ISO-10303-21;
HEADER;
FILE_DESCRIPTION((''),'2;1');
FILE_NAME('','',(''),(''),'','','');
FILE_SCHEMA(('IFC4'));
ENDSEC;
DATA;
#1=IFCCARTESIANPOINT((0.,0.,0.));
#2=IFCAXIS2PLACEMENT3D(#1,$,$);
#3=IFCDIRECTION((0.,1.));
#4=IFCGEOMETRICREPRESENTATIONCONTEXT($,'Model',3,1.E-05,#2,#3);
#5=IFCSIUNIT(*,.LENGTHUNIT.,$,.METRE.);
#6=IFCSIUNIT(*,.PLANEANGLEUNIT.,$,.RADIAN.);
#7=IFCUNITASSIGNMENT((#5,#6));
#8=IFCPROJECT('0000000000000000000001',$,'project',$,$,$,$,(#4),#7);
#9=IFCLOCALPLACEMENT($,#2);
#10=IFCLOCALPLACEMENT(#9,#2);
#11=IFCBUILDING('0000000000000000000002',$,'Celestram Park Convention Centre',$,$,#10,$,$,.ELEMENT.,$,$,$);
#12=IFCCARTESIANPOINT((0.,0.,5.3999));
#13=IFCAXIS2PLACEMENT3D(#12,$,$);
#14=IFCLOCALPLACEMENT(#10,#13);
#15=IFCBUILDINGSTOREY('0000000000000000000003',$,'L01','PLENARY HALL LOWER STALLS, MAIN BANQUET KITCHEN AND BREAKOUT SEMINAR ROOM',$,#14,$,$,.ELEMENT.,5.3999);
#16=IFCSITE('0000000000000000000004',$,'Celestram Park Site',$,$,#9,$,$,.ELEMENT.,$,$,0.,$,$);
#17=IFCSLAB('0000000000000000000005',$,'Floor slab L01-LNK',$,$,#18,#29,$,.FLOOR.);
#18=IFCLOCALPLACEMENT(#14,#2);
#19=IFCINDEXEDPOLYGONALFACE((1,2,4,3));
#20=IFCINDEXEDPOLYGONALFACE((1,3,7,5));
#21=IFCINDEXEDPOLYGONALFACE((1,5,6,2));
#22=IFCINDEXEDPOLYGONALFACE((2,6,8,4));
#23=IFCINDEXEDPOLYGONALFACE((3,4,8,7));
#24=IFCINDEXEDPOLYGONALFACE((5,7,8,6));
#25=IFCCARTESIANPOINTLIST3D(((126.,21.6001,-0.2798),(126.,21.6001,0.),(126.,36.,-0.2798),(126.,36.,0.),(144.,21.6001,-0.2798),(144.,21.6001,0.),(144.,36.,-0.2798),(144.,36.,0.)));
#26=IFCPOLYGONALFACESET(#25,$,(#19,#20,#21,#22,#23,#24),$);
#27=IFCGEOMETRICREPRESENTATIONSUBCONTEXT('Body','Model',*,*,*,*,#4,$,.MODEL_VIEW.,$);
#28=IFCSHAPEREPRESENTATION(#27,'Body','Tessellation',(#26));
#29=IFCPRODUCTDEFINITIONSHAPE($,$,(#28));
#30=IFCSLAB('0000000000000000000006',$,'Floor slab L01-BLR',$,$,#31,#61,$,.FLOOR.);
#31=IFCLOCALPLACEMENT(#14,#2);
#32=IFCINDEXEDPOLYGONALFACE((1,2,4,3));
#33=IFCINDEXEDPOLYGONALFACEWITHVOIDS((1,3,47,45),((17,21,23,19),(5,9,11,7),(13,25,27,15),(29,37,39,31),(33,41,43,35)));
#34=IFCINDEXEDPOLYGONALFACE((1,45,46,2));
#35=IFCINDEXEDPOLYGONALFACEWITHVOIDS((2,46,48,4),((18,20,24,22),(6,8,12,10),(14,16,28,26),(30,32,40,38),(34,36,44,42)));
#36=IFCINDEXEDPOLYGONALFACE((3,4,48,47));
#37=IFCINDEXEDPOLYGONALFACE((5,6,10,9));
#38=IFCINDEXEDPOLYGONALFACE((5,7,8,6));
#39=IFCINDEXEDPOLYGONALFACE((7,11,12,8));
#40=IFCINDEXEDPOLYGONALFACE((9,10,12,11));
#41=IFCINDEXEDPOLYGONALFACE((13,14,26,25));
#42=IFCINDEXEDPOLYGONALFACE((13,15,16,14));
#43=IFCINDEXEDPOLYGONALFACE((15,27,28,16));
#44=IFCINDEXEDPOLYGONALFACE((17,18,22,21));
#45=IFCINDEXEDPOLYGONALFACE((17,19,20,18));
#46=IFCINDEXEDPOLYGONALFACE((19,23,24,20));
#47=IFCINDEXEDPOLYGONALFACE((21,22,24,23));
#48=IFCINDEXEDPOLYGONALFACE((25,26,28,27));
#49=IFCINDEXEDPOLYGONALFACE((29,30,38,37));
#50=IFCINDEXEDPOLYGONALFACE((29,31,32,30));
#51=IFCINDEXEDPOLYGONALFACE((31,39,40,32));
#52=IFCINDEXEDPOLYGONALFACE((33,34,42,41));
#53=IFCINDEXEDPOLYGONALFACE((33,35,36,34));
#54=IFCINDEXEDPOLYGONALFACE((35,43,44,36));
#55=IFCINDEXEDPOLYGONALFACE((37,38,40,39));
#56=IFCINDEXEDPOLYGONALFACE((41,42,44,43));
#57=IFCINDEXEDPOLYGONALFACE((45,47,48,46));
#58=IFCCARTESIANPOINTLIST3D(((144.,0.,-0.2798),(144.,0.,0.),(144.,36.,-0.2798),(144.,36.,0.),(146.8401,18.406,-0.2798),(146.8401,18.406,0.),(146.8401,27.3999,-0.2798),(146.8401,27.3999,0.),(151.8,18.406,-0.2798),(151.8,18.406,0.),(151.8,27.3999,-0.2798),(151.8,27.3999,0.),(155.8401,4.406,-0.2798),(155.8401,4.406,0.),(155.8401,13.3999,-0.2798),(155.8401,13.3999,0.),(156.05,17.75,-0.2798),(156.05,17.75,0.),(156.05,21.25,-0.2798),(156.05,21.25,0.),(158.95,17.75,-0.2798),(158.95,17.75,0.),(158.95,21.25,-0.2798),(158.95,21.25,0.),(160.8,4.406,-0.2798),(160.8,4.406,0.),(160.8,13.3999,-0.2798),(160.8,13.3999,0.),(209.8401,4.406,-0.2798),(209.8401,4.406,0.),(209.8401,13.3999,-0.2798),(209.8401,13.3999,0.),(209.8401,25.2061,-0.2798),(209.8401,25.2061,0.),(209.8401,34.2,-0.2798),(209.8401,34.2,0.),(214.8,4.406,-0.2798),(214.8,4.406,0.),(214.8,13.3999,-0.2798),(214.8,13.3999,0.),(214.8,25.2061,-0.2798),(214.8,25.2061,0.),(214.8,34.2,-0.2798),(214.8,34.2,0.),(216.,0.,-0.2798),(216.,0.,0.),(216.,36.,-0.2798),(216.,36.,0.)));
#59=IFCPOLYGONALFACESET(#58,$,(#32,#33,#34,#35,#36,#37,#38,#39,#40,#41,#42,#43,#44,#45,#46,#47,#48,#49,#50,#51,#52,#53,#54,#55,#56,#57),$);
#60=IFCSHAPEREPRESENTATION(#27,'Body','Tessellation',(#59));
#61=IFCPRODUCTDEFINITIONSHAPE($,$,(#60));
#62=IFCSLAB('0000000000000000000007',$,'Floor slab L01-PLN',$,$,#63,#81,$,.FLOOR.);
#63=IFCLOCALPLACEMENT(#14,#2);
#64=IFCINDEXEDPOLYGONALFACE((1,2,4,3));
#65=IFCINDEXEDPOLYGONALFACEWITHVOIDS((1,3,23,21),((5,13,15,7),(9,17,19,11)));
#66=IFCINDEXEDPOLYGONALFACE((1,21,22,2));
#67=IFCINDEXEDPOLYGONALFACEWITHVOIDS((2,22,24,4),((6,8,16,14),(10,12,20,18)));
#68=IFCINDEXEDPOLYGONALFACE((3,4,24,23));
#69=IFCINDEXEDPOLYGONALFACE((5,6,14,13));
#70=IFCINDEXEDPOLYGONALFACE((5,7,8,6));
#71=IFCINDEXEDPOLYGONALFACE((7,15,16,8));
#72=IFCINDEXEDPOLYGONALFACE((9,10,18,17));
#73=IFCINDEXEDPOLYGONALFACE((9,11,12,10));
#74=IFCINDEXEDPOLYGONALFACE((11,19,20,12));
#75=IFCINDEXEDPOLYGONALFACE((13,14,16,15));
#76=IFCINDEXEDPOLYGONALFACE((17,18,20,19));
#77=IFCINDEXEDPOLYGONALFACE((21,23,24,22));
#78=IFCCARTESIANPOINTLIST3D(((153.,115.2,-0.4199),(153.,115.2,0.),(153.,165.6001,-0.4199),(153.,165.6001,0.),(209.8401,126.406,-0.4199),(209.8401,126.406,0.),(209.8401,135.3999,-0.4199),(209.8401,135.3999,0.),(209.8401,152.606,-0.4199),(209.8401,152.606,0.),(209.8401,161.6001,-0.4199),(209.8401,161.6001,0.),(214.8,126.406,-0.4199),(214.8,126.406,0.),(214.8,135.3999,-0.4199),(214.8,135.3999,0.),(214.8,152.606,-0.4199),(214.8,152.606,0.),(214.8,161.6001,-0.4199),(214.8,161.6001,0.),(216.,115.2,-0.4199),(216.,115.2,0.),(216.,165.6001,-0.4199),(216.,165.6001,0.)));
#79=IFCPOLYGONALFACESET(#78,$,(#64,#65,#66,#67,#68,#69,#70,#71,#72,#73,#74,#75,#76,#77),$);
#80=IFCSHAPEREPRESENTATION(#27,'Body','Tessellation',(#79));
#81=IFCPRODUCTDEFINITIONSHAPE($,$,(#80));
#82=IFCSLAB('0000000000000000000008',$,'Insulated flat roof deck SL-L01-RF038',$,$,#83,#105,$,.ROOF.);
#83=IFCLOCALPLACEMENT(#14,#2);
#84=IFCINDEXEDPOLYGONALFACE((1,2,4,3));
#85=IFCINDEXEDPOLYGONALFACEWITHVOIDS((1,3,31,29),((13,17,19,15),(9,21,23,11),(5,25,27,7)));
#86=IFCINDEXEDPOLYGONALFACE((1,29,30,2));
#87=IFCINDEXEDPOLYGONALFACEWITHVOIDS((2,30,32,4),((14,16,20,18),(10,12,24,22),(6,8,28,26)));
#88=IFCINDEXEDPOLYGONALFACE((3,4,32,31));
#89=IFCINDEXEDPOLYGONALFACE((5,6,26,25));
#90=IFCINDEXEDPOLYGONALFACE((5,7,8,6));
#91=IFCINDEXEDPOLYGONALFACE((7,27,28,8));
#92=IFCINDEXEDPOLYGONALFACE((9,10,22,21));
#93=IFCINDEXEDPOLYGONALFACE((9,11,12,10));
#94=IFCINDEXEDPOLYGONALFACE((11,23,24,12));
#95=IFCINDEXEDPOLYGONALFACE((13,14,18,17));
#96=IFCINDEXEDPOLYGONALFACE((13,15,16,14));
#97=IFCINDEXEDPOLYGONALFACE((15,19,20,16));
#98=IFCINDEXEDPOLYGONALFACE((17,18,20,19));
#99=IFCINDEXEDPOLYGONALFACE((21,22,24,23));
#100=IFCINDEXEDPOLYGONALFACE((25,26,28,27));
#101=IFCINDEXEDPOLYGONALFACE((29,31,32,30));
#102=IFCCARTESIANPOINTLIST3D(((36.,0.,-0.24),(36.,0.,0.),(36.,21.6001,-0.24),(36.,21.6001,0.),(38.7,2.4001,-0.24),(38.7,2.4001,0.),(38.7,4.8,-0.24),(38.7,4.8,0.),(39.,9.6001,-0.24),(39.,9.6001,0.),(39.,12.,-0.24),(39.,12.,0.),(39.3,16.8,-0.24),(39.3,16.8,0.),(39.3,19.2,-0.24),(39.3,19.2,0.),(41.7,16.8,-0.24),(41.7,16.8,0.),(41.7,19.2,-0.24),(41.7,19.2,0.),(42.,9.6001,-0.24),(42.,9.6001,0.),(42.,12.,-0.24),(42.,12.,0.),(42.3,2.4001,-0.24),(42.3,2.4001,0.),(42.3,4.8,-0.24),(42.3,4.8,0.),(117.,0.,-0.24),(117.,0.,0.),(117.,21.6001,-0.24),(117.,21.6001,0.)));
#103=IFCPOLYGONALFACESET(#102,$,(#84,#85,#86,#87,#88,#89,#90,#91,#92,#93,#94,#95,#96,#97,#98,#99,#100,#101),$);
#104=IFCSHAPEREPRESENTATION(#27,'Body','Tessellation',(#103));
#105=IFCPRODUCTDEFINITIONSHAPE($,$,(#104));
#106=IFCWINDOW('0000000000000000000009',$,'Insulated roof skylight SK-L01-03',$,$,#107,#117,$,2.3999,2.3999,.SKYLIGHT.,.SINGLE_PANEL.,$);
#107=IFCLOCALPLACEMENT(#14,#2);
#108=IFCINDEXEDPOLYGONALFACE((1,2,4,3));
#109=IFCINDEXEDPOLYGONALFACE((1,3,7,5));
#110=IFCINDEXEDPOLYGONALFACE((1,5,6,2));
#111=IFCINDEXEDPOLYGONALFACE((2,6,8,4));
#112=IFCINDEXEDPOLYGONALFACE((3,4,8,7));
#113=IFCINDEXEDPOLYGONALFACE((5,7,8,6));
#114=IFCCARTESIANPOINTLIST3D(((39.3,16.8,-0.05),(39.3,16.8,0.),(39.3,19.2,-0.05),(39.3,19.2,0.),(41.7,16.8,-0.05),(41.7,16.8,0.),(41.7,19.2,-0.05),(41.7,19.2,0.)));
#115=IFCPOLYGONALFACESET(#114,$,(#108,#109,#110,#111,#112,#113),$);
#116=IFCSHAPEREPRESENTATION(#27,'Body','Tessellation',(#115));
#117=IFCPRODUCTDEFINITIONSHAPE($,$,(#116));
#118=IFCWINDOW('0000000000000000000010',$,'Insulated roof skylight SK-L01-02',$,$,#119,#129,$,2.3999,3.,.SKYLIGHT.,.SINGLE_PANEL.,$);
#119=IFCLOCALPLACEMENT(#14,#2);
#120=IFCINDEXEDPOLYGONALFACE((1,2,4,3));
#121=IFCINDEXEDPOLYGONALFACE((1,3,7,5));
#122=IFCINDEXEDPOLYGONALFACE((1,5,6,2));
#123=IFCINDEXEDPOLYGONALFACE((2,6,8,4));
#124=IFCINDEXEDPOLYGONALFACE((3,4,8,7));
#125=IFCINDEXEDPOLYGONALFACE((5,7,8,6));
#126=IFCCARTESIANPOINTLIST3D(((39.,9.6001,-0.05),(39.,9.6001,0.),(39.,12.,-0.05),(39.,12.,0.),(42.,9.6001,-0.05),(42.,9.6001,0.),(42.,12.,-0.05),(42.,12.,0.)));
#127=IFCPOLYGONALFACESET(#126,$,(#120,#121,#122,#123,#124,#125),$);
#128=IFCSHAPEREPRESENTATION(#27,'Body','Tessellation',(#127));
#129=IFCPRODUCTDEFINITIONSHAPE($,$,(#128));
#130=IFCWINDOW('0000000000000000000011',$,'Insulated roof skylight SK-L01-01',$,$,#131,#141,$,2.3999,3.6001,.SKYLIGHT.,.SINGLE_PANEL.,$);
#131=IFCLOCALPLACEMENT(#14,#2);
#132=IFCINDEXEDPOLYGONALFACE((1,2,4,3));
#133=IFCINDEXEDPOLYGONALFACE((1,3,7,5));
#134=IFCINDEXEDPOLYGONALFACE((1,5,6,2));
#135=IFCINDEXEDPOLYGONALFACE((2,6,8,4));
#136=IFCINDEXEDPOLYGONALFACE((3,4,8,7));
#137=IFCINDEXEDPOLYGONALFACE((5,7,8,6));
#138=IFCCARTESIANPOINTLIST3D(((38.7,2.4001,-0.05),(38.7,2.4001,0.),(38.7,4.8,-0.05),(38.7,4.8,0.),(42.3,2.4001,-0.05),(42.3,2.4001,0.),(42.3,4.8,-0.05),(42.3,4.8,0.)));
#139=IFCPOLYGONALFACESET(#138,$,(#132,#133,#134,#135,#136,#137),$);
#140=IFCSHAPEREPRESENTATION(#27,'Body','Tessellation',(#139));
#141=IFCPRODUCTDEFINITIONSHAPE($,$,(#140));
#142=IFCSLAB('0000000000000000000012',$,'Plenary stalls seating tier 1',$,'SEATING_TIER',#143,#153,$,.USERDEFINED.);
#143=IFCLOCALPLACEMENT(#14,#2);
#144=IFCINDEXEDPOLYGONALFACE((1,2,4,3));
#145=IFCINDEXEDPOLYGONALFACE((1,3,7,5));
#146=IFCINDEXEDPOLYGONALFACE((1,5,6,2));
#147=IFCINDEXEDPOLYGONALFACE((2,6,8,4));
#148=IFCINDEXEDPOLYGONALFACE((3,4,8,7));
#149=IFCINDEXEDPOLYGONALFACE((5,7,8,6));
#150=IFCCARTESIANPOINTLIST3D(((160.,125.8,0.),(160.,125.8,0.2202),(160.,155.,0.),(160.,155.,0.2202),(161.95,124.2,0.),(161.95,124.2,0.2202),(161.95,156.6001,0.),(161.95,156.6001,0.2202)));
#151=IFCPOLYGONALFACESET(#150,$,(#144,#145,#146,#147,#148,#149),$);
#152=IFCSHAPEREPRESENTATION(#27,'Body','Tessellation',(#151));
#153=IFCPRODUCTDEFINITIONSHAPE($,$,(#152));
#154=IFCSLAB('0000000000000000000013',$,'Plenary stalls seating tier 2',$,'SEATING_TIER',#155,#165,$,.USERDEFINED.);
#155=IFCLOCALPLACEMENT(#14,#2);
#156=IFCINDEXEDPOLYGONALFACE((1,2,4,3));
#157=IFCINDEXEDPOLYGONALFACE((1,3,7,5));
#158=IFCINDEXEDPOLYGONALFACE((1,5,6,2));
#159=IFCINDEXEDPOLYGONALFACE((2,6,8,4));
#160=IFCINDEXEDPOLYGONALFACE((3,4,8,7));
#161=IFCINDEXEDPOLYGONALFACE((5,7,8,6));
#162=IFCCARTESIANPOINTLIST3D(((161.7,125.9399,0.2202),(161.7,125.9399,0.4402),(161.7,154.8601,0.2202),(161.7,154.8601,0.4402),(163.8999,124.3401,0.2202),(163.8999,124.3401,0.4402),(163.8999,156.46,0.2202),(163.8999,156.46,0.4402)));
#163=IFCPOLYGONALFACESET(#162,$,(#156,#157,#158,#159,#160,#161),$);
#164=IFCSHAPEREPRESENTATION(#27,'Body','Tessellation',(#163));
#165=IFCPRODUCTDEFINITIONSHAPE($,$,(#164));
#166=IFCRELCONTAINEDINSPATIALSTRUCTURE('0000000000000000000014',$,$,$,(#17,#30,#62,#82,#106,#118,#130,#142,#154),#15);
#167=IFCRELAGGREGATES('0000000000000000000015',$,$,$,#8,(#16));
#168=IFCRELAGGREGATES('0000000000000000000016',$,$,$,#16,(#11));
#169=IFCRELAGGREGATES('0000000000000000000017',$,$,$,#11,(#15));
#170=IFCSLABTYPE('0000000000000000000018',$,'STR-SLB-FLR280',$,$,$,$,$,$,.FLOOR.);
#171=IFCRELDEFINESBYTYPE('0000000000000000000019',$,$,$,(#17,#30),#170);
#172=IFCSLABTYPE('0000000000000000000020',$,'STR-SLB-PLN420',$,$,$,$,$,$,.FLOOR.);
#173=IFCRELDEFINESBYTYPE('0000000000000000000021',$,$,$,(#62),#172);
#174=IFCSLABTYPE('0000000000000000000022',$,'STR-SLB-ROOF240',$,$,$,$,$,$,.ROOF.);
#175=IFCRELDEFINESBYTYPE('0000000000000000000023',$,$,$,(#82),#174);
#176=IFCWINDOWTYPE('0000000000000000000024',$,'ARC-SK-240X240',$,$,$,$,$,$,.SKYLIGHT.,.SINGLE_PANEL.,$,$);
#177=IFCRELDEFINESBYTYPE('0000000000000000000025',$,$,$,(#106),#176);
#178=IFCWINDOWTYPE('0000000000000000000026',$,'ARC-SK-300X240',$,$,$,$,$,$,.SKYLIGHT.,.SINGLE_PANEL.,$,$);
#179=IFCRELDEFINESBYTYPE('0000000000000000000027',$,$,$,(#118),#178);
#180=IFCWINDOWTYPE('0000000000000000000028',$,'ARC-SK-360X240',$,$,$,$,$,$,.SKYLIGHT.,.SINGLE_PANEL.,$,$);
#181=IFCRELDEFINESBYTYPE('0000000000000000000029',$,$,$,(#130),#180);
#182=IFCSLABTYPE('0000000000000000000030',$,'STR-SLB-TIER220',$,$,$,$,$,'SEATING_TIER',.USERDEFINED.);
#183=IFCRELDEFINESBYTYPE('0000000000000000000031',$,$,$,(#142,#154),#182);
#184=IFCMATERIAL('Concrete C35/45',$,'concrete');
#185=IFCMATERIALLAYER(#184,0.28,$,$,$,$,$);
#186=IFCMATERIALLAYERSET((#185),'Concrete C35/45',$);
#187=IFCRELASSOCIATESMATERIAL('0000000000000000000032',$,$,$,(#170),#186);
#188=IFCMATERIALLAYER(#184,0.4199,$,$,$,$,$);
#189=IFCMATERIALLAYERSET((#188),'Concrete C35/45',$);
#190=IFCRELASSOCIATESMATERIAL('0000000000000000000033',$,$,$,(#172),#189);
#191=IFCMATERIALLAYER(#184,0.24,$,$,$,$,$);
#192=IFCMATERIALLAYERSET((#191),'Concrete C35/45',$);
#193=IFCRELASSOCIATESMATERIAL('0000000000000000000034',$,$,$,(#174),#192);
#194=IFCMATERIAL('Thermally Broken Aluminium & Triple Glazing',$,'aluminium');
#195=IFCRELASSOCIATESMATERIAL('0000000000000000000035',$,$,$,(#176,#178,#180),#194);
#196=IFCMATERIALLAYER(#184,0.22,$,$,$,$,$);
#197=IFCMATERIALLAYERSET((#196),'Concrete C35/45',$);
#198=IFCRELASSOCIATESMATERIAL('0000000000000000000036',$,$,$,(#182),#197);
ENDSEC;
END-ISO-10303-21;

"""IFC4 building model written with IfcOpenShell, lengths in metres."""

from ifc_helpers import new_model, si_unit, direction, frame, origin, origin_2d, place, context, subcontext, project, spatial, polyline, rectangle, outline, extrude, material, layer, layer_set, type_object, element, fill, save


model = new_model("IFC4")

# Units and contexts
model_context = context("Model", 3, precision=1e-05, world=origin(), true_north=direction((0.0, 1.0)))
body_context = subcontext(model_context, "Body", "Model", "MODEL_VIEW")
ifc_project = project(units=[si_unit("LENGTHUNIT", "METRE"), si_unit("PLANEANGLEUNIT", "RADIAN")], contexts=[model_context])

# Site, building, storey
site_placement = place(None, origin())
site = spatial("IfcSite", under=ifc_project, at=site_placement, Name="Celestram Park Site", CompositionType="ELEMENT", RefElevation=0.0)
building_placement = place(site_placement, origin())
building = spatial("IfcBuilding", under=site, at=building_placement, Name="Celestram Park Convention Centre", CompositionType="ELEMENT")
storey_placement = place(building_placement, frame((0.0, 0.0, 5.3999)))
storey = spatial("IfcBuildingStorey", under=building, at=storey_placement, Name="L01", Description="PLENARY HALL LOWER STALLS, MAIN BANQUET KITCHEN AND BREAKOUT SEMINAR ROOM", CompositionType="ELEMENT", Elevation=5.3999)

# Slabs
ifc_material_1 = material(Name="Concrete C35/45", Category="concrete")
ifc_layer_1 = layer(ifc_material_1, 0.28)
ifc_layer_set_1 = layer_set([ifc_layer_1], Name="Concrete C35/45")
slab_type_1 = type_object("IfcSlabType", Name="STR-SLB-FLR280", PredefinedType="FLOOR", material=ifc_layer_set_1)
slab_1_placement = place(storey_placement, frame((0.0, 0.0, -0.2798)))
element("IfcSlab", 1, at=slab_1_placement, inside=storey, type_object=slab_type_1, Name="Floor slab L01-LNK", PredefinedType="FLOOR", context=body_context, shape_type="SweptSolid", body=[
    extrude(outline(polyline([(126.0, 21.6001), (126.0, 36.0), (144.0, 36.0), (144.0, 21.6001), (126.0, 21.6001)])), origin(), (0.0, 0.0, 1.0), 0.2798),
])
slab_2_placement = place(storey_placement, frame((0.0, 0.0, -0.2798)))
element("IfcSlab", 2, at=slab_2_placement, inside=storey, type_object=slab_type_1, Name="Floor slab L01-BLR", PredefinedType="FLOOR", context=body_context, shape_type="SweptSolid", body=[
    extrude(outline(polyline([(144.0, 0.0), (144.0, 36.0), (216.0, 36.0), (216.0, 0.0), (144.0, 0.0)]), holes=[polyline([(160.8, 4.406), (160.8, 13.3999), (155.8401, 13.3999), (155.8401, 4.406), (160.8, 4.406)]), polyline([(214.8, 4.406), (214.8, 13.3999), (209.8401, 13.3999), (209.8401, 4.406), (214.8, 4.406)]), polyline([(156.05, 17.75), (158.95, 17.75), (158.95, 21.25), (156.05, 21.25), (156.05, 17.75)]), polyline([(151.8, 18.406), (151.8, 27.3999), (146.8401, 27.3999), (146.8401, 18.406), (151.8, 18.406)]), polyline([(214.8, 25.2061), (214.8, 34.2), (209.8401, 34.2), (209.8401, 25.2061), (214.8, 25.2061)])]), origin(), (0.0, 0.0, 1.0), 0.2798),
])
ifc_layer_2 = layer(ifc_material_1, 0.4199)
ifc_layer_set_2 = layer_set([ifc_layer_2], Name="Concrete C35/45")
slab_type_2 = type_object("IfcSlabType", Name="STR-SLB-PLN420", PredefinedType="FLOOR", material=ifc_layer_set_2)
slab_3_placement = place(storey_placement, frame((0.0, 0.0, -0.4199)))
element("IfcSlab", 3, at=slab_3_placement, inside=storey, type_object=slab_type_2, Name="Floor slab L01-PLN", PredefinedType="FLOOR", context=body_context, shape_type="SweptSolid", body=[
    extrude(outline(polyline([(153.0, 115.2), (153.0, 165.6001), (216.0, 165.6001), (216.0, 115.2), (153.0, 115.2)]), holes=[polyline([(214.8, 126.406), (214.8, 135.3999), (209.8401, 135.3999), (209.8401, 126.406), (214.8, 126.406)]), polyline([(214.8, 152.606), (214.8, 161.6001), (209.8401, 161.6001), (209.8401, 152.606), (214.8, 152.606)])]), origin(), (0.0, 0.0, 1.0), 0.4199),
])

# Slab, openings, windows
ifc_layer_3 = layer(ifc_material_1, 0.24)
ifc_layer_set_3 = layer_set([ifc_layer_3], Name="Concrete C35/45")
slab_type_3 = type_object("IfcSlabType", Name="STR-SLB-ROOF240", PredefinedType="ROOF", material=ifc_layer_set_3)
slab_4_placement = place(storey_placement, frame((0.0, 0.0, -0.24)))
slab_4 = element("IfcSlab", 4, at=slab_4_placement, inside=storey, type_object=slab_type_3, Name="Insulated flat roof deck SL-L01-RF038", PredefinedType="ROOF", context=body_context, shape_type="SweptSolid", body=[
    extrude(outline(polyline([(117.0, 0.0), (36.0, 0.0), (36.0, 21.6001), (117.0, 21.6001), (117.0, 0.0)])), origin(), (0.0, 0.0, 1.0), 0.24),
])
opening_1_placement = place(slab_4_placement, frame((40.5, 3.6001, -0.01)))
opening_1 = element("IfcOpeningElement", 5, at=opening_1_placement, cuts=slab_4, PredefinedType="OPENING", context=body_context, shape_type="SweptSolid", body=[
    extrude(rectangle(XDim=3.6001, YDim=2.3999, at=origin_2d()), origin(), (0.0, 0.0, 1.0), 0.26),
])
opening_2_placement = place(slab_4_placement, frame((40.5, 10.8, -0.01)))
opening_2 = element("IfcOpeningElement", 6, at=opening_2_placement, cuts=slab_4, PredefinedType="OPENING", context=body_context, shape_type="SweptSolid", body=[
    extrude(rectangle(XDim=3.0, YDim=2.3999, at=origin_2d()), origin(), (0.0, 0.0, 1.0), 0.26),
])
opening_3_placement = place(slab_4_placement, frame((40.5, 18.0, -0.01)))
opening_3 = element("IfcOpeningElement", 7, at=opening_3_placement, cuts=slab_4, PredefinedType="OPENING", context=body_context, shape_type="SweptSolid", body=[
    extrude(rectangle(XDim=2.3999, YDim=2.3999, at=origin_2d()), origin(), (0.0, 0.0, 1.0), 0.26),
])
ifc_material_2 = material(Name="Thermally Broken Aluminium & Triple Glazing", Category="aluminium")
window_type_1 = type_object("IfcWindowType", Name="ARC-SK-240X240", PartitioningType="SINGLE_PANEL", PredefinedType="SKYLIGHT", material=ifc_material_2)
window_1_placement = place(opening_3_placement, frame((0.0, 0.0, 0.2)))
window_1 = element("IfcWindow", 8, at=window_1_placement, inside=storey, type_object=window_type_1, Name="Insulated roof skylight SK-L01-03", OverallHeight=2.3999, OverallWidth=2.3999, PartitioningType="SINGLE_PANEL", PredefinedType="SKYLIGHT", context=body_context, shape_type="SweptSolid", body=[
    extrude(rectangle(XDim=2.3999, YDim=2.3999, at=origin_2d()), origin(), (0.0, 0.0, 1.0), 0.05),
])
fill(opening_3, window_1)
window_type_2 = type_object("IfcWindowType", Name="ARC-SK-300X240", PartitioningType="SINGLE_PANEL", PredefinedType="SKYLIGHT", material=ifc_material_2)
window_2_placement = place(opening_2_placement, frame((0.0, 0.0, 0.2)))
window_2 = element("IfcWindow", 9, at=window_2_placement, inside=storey, type_object=window_type_2, Name="Insulated roof skylight SK-L01-02", OverallHeight=2.3999, OverallWidth=3.0, PartitioningType="SINGLE_PANEL", PredefinedType="SKYLIGHT", context=body_context, shape_type="SweptSolid", body=[
    extrude(rectangle(XDim=3.0, YDim=2.3999, at=origin_2d()), origin(), (0.0, 0.0, 1.0), 0.05),
])
fill(opening_2, window_2)
window_type_3 = type_object("IfcWindowType", Name="ARC-SK-360X240", PartitioningType="SINGLE_PANEL", PredefinedType="SKYLIGHT", material=ifc_material_2)
window_3_placement = place(opening_1_placement, frame((0.0, 0.0, 0.2)))
window_3 = element("IfcWindow", 10, at=window_3_placement, inside=storey, type_object=window_type_3, Name="Insulated roof skylight SK-L01-01", OverallHeight=2.3999, OverallWidth=3.6001, PartitioningType="SINGLE_PANEL", PredefinedType="SKYLIGHT", context=body_context, shape_type="SweptSolid", body=[
    extrude(rectangle(XDim=3.6001, YDim=2.3999, at=origin_2d()), origin(), (0.0, 0.0, 1.0), 0.05),
])
fill(opening_1, window_3)

# Slabs
ifc_layer_4 = layer(ifc_material_1, 0.22)
ifc_layer_set_4 = layer_set([ifc_layer_4], Name="Concrete C35/45")
slab_type_4 = type_object("IfcSlabType", Name="STR-SLB-TIER220", ElementType="SEATING_TIER", PredefinedType="USERDEFINED", material=ifc_layer_set_4)
slab_5_placement = place(storey_placement, origin())
element("IfcSlab", 11, at=slab_5_placement, inside=storey, type_object=slab_type_4, Name="Plenary stalls seating tier 1", ObjectType="SEATING_TIER", PredefinedType="USERDEFINED", context=body_context, shape_type="SweptSolid", body=[
    extrude(outline(polyline([(160.0, 125.8), (161.95, 124.2), (161.95, 156.6001), (160.0, 155.0), (160.0, 125.8)])), origin(), (0.0, 0.0, 1.0), 0.2202),
])
slab_6_placement = place(storey_placement, frame((0.0, 0.0, 0.2202)))
element("IfcSlab", 12, at=slab_6_placement, inside=storey, type_object=slab_type_4, Name="Plenary stalls seating tier 2", ObjectType="SEATING_TIER", PredefinedType="USERDEFINED", context=body_context, shape_type="SweptSolid", body=[
    extrude(outline(polyline([(161.7, 125.9399), (163.8999, 124.3401), (163.8999, 156.46), (161.7, 154.8601), (161.7, 125.9399)])), origin(), (0.0, 0.0, 1.0), 0.22),
])

save(model, "model.ifc")
